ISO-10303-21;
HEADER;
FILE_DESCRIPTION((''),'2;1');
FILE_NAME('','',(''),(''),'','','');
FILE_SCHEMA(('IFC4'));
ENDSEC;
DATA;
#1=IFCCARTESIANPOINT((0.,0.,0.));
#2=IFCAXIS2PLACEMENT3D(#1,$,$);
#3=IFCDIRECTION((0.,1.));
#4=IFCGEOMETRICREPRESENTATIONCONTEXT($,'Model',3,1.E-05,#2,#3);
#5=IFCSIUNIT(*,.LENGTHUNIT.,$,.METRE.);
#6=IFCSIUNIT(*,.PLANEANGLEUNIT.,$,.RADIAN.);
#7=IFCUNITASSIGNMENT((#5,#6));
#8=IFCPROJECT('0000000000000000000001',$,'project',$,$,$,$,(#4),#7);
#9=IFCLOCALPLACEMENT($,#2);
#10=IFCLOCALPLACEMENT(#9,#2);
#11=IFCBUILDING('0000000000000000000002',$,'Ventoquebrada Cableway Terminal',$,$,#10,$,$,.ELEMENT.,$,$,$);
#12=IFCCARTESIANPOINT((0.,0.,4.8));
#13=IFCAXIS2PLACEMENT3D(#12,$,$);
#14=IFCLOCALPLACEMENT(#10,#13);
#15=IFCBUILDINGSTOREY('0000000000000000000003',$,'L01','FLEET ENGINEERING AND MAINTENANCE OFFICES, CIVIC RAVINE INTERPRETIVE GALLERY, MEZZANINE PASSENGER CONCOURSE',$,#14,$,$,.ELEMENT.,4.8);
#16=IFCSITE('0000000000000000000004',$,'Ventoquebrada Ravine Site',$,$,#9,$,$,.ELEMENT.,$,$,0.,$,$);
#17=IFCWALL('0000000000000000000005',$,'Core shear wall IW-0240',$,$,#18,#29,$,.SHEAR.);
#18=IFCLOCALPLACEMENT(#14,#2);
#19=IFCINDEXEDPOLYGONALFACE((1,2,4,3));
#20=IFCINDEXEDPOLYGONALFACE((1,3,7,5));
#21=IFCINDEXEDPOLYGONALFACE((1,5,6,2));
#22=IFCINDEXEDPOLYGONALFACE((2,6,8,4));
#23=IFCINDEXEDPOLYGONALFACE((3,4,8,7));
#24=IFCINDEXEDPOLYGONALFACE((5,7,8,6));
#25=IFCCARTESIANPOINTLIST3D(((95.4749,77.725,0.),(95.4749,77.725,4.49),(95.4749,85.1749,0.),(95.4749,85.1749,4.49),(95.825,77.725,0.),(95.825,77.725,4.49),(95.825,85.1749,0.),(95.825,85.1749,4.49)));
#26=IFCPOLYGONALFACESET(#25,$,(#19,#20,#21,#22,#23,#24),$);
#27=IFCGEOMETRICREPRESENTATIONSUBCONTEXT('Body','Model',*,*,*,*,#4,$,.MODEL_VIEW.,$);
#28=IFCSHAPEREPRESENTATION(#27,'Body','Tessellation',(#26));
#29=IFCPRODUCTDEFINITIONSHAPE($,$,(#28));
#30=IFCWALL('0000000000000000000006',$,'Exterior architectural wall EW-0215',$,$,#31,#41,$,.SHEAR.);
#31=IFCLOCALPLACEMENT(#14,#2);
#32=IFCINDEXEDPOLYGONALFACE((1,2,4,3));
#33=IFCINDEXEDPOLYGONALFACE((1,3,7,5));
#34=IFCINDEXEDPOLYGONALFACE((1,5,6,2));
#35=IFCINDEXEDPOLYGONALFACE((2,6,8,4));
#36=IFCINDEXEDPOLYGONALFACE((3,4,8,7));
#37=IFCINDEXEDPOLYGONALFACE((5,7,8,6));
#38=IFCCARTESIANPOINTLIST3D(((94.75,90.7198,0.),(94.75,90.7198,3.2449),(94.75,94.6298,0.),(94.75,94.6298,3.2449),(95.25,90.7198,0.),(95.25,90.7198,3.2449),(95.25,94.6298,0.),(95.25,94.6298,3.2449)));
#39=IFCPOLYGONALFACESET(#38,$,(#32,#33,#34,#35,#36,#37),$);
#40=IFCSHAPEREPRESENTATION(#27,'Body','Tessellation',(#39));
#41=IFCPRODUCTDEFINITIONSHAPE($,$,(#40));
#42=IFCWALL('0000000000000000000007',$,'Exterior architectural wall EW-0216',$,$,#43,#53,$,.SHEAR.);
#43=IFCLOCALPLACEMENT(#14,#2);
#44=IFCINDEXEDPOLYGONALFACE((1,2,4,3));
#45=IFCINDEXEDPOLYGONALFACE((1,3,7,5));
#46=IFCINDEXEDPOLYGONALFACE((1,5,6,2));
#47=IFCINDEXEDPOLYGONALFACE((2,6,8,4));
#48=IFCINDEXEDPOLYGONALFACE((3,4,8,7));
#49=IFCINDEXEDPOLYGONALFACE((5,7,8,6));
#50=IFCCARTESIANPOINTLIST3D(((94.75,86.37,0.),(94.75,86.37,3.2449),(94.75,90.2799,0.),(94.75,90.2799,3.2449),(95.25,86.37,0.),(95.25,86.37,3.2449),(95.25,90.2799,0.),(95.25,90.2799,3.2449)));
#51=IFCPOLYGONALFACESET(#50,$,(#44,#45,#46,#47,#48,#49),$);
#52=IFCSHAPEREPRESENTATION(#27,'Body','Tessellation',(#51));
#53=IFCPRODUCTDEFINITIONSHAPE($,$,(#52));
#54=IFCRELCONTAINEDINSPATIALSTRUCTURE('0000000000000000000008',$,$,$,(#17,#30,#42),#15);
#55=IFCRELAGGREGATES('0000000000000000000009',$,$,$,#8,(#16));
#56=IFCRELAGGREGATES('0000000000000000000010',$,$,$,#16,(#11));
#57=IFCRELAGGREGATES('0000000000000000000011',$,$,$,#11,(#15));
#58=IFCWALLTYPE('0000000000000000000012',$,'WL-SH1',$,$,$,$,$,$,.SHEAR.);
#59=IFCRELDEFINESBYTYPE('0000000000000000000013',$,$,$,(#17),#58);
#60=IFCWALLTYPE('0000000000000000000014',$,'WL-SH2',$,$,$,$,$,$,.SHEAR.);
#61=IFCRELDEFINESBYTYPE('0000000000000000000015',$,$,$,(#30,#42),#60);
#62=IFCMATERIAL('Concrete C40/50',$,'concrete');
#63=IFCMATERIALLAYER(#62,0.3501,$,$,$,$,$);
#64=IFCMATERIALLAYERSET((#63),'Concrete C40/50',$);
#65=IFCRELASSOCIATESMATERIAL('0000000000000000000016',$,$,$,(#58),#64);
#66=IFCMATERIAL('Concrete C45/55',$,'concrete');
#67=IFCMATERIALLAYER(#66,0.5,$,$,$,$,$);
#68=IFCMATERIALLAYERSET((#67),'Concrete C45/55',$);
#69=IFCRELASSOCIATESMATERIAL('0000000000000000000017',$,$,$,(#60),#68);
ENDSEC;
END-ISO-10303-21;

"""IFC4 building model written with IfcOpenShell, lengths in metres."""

from ifc_helpers import new_model, si_unit, direction, frame, frame_2d, origin, place, context, subcontext, project, spatial, rectangle, extrude, material, layer, layer_set, type_object, element, save


model = new_model("IFC4")

# Units and contexts
model_context = context("Model", 3, precision=1e-05, world=origin(), true_north=direction((0.0, 1.0)))
body_context = subcontext(model_context, "Body", "Model", "MODEL_VIEW")
ifc_project = project(units=[si_unit("LENGTHUNIT", "METRE"), si_unit("PLANEANGLEUNIT", "RADIAN")], contexts=[model_context])

# Site, building, storey
site_placement = place(None, origin())
site = spatial("IfcSite", under=ifc_project, at=site_placement, Name="Ventoquebrada Ravine Site", CompositionType="ELEMENT", RefElevation=0.0)
building_placement = place(site_placement, origin())
building = spatial("IfcBuilding", under=site, at=building_placement, Name="Ventoquebrada Cableway Terminal", CompositionType="ELEMENT")
storey_placement = place(building_placement, frame((0.0, 0.0, 4.8)))
storey = spatial("IfcBuildingStorey", under=building, at=storey_placement, Name="L01", Description="FLEET ENGINEERING AND MAINTENANCE OFFICES, CIVIC RAVINE INTERPRETIVE GALLERY, MEZZANINE PASSENGER CONCOURSE", CompositionType="ELEMENT", Elevation=4.8)

# Shared definitions
ifc_material_1 = material(Name="Concrete C40/50", Category="concrete")

# Walls
ifc_layer_1 = layer(ifc_material_1, 0.3501)
ifc_layer_set_1 = layer_set([ifc_layer_1], Name="Concrete C40/50")
wall_type_1 = type_object("IfcWallType", Name="WL-SH1", PredefinedType="SHEAR", material=ifc_layer_set_1)
wall_1_placement = place(storey_placement, frame((95.6499, 85.175, 0.0), z_axis=(0.0, 0.0, 1.0), x_axis=(0.0, -1.0, 0.0)))
element("IfcWall", 1, at=wall_1_placement, inside=storey, type_object=wall_type_1, Name="Core shear wall IW-0240", PredefinedType="SHEAR", context=body_context, shape_type="SweptSolid", body=[
    extrude(rectangle(XDim=7.45, YDim=0.3501, at=frame_2d((3.7251, 0.0))), origin(), (0.0, 0.0, 1.0), 4.49),
])
ifc_material_2 = material(Name="Concrete C45/55", Category="concrete")
ifc_layer_2 = layer(ifc_material_2, 0.5)
ifc_layer_set_2 = layer_set([ifc_layer_2], Name="Concrete C45/55")
wall_type_2 = type_object("IfcWallType", Name="WL-SH2", PredefinedType="SHEAR", material=ifc_layer_set_2)
for number, where, z_axis, x_axis, name in (
    (2, (95.0, 94.6299, 0.0), (0.0, 0.0, 1.0), (0.0, -1.0, 0.0), "Exterior architectural wall EW-0215"),
    (3, (95.0, 90.28, 0.0), (0.0, 0.0, 1.0), (0.0, -1.0, 0.0), "Exterior architectural wall EW-0216"),
):
    element("IfcWall", number, at=place(storey_placement, frame(where, z_axis=z_axis, x_axis=x_axis)), inside=storey, type_object=wall_type_2, Name=name, PredefinedType="SHEAR", context=body_context, shape_type="SweptSolid", body=[
        extrude(rectangle(XDim=3.9099, YDim=0.5, at=frame_2d((1.9551, 0.0))), origin(), (0.0, 0.0, 1.0), 3.2449),
    ])

save(model, "model.ifc")
